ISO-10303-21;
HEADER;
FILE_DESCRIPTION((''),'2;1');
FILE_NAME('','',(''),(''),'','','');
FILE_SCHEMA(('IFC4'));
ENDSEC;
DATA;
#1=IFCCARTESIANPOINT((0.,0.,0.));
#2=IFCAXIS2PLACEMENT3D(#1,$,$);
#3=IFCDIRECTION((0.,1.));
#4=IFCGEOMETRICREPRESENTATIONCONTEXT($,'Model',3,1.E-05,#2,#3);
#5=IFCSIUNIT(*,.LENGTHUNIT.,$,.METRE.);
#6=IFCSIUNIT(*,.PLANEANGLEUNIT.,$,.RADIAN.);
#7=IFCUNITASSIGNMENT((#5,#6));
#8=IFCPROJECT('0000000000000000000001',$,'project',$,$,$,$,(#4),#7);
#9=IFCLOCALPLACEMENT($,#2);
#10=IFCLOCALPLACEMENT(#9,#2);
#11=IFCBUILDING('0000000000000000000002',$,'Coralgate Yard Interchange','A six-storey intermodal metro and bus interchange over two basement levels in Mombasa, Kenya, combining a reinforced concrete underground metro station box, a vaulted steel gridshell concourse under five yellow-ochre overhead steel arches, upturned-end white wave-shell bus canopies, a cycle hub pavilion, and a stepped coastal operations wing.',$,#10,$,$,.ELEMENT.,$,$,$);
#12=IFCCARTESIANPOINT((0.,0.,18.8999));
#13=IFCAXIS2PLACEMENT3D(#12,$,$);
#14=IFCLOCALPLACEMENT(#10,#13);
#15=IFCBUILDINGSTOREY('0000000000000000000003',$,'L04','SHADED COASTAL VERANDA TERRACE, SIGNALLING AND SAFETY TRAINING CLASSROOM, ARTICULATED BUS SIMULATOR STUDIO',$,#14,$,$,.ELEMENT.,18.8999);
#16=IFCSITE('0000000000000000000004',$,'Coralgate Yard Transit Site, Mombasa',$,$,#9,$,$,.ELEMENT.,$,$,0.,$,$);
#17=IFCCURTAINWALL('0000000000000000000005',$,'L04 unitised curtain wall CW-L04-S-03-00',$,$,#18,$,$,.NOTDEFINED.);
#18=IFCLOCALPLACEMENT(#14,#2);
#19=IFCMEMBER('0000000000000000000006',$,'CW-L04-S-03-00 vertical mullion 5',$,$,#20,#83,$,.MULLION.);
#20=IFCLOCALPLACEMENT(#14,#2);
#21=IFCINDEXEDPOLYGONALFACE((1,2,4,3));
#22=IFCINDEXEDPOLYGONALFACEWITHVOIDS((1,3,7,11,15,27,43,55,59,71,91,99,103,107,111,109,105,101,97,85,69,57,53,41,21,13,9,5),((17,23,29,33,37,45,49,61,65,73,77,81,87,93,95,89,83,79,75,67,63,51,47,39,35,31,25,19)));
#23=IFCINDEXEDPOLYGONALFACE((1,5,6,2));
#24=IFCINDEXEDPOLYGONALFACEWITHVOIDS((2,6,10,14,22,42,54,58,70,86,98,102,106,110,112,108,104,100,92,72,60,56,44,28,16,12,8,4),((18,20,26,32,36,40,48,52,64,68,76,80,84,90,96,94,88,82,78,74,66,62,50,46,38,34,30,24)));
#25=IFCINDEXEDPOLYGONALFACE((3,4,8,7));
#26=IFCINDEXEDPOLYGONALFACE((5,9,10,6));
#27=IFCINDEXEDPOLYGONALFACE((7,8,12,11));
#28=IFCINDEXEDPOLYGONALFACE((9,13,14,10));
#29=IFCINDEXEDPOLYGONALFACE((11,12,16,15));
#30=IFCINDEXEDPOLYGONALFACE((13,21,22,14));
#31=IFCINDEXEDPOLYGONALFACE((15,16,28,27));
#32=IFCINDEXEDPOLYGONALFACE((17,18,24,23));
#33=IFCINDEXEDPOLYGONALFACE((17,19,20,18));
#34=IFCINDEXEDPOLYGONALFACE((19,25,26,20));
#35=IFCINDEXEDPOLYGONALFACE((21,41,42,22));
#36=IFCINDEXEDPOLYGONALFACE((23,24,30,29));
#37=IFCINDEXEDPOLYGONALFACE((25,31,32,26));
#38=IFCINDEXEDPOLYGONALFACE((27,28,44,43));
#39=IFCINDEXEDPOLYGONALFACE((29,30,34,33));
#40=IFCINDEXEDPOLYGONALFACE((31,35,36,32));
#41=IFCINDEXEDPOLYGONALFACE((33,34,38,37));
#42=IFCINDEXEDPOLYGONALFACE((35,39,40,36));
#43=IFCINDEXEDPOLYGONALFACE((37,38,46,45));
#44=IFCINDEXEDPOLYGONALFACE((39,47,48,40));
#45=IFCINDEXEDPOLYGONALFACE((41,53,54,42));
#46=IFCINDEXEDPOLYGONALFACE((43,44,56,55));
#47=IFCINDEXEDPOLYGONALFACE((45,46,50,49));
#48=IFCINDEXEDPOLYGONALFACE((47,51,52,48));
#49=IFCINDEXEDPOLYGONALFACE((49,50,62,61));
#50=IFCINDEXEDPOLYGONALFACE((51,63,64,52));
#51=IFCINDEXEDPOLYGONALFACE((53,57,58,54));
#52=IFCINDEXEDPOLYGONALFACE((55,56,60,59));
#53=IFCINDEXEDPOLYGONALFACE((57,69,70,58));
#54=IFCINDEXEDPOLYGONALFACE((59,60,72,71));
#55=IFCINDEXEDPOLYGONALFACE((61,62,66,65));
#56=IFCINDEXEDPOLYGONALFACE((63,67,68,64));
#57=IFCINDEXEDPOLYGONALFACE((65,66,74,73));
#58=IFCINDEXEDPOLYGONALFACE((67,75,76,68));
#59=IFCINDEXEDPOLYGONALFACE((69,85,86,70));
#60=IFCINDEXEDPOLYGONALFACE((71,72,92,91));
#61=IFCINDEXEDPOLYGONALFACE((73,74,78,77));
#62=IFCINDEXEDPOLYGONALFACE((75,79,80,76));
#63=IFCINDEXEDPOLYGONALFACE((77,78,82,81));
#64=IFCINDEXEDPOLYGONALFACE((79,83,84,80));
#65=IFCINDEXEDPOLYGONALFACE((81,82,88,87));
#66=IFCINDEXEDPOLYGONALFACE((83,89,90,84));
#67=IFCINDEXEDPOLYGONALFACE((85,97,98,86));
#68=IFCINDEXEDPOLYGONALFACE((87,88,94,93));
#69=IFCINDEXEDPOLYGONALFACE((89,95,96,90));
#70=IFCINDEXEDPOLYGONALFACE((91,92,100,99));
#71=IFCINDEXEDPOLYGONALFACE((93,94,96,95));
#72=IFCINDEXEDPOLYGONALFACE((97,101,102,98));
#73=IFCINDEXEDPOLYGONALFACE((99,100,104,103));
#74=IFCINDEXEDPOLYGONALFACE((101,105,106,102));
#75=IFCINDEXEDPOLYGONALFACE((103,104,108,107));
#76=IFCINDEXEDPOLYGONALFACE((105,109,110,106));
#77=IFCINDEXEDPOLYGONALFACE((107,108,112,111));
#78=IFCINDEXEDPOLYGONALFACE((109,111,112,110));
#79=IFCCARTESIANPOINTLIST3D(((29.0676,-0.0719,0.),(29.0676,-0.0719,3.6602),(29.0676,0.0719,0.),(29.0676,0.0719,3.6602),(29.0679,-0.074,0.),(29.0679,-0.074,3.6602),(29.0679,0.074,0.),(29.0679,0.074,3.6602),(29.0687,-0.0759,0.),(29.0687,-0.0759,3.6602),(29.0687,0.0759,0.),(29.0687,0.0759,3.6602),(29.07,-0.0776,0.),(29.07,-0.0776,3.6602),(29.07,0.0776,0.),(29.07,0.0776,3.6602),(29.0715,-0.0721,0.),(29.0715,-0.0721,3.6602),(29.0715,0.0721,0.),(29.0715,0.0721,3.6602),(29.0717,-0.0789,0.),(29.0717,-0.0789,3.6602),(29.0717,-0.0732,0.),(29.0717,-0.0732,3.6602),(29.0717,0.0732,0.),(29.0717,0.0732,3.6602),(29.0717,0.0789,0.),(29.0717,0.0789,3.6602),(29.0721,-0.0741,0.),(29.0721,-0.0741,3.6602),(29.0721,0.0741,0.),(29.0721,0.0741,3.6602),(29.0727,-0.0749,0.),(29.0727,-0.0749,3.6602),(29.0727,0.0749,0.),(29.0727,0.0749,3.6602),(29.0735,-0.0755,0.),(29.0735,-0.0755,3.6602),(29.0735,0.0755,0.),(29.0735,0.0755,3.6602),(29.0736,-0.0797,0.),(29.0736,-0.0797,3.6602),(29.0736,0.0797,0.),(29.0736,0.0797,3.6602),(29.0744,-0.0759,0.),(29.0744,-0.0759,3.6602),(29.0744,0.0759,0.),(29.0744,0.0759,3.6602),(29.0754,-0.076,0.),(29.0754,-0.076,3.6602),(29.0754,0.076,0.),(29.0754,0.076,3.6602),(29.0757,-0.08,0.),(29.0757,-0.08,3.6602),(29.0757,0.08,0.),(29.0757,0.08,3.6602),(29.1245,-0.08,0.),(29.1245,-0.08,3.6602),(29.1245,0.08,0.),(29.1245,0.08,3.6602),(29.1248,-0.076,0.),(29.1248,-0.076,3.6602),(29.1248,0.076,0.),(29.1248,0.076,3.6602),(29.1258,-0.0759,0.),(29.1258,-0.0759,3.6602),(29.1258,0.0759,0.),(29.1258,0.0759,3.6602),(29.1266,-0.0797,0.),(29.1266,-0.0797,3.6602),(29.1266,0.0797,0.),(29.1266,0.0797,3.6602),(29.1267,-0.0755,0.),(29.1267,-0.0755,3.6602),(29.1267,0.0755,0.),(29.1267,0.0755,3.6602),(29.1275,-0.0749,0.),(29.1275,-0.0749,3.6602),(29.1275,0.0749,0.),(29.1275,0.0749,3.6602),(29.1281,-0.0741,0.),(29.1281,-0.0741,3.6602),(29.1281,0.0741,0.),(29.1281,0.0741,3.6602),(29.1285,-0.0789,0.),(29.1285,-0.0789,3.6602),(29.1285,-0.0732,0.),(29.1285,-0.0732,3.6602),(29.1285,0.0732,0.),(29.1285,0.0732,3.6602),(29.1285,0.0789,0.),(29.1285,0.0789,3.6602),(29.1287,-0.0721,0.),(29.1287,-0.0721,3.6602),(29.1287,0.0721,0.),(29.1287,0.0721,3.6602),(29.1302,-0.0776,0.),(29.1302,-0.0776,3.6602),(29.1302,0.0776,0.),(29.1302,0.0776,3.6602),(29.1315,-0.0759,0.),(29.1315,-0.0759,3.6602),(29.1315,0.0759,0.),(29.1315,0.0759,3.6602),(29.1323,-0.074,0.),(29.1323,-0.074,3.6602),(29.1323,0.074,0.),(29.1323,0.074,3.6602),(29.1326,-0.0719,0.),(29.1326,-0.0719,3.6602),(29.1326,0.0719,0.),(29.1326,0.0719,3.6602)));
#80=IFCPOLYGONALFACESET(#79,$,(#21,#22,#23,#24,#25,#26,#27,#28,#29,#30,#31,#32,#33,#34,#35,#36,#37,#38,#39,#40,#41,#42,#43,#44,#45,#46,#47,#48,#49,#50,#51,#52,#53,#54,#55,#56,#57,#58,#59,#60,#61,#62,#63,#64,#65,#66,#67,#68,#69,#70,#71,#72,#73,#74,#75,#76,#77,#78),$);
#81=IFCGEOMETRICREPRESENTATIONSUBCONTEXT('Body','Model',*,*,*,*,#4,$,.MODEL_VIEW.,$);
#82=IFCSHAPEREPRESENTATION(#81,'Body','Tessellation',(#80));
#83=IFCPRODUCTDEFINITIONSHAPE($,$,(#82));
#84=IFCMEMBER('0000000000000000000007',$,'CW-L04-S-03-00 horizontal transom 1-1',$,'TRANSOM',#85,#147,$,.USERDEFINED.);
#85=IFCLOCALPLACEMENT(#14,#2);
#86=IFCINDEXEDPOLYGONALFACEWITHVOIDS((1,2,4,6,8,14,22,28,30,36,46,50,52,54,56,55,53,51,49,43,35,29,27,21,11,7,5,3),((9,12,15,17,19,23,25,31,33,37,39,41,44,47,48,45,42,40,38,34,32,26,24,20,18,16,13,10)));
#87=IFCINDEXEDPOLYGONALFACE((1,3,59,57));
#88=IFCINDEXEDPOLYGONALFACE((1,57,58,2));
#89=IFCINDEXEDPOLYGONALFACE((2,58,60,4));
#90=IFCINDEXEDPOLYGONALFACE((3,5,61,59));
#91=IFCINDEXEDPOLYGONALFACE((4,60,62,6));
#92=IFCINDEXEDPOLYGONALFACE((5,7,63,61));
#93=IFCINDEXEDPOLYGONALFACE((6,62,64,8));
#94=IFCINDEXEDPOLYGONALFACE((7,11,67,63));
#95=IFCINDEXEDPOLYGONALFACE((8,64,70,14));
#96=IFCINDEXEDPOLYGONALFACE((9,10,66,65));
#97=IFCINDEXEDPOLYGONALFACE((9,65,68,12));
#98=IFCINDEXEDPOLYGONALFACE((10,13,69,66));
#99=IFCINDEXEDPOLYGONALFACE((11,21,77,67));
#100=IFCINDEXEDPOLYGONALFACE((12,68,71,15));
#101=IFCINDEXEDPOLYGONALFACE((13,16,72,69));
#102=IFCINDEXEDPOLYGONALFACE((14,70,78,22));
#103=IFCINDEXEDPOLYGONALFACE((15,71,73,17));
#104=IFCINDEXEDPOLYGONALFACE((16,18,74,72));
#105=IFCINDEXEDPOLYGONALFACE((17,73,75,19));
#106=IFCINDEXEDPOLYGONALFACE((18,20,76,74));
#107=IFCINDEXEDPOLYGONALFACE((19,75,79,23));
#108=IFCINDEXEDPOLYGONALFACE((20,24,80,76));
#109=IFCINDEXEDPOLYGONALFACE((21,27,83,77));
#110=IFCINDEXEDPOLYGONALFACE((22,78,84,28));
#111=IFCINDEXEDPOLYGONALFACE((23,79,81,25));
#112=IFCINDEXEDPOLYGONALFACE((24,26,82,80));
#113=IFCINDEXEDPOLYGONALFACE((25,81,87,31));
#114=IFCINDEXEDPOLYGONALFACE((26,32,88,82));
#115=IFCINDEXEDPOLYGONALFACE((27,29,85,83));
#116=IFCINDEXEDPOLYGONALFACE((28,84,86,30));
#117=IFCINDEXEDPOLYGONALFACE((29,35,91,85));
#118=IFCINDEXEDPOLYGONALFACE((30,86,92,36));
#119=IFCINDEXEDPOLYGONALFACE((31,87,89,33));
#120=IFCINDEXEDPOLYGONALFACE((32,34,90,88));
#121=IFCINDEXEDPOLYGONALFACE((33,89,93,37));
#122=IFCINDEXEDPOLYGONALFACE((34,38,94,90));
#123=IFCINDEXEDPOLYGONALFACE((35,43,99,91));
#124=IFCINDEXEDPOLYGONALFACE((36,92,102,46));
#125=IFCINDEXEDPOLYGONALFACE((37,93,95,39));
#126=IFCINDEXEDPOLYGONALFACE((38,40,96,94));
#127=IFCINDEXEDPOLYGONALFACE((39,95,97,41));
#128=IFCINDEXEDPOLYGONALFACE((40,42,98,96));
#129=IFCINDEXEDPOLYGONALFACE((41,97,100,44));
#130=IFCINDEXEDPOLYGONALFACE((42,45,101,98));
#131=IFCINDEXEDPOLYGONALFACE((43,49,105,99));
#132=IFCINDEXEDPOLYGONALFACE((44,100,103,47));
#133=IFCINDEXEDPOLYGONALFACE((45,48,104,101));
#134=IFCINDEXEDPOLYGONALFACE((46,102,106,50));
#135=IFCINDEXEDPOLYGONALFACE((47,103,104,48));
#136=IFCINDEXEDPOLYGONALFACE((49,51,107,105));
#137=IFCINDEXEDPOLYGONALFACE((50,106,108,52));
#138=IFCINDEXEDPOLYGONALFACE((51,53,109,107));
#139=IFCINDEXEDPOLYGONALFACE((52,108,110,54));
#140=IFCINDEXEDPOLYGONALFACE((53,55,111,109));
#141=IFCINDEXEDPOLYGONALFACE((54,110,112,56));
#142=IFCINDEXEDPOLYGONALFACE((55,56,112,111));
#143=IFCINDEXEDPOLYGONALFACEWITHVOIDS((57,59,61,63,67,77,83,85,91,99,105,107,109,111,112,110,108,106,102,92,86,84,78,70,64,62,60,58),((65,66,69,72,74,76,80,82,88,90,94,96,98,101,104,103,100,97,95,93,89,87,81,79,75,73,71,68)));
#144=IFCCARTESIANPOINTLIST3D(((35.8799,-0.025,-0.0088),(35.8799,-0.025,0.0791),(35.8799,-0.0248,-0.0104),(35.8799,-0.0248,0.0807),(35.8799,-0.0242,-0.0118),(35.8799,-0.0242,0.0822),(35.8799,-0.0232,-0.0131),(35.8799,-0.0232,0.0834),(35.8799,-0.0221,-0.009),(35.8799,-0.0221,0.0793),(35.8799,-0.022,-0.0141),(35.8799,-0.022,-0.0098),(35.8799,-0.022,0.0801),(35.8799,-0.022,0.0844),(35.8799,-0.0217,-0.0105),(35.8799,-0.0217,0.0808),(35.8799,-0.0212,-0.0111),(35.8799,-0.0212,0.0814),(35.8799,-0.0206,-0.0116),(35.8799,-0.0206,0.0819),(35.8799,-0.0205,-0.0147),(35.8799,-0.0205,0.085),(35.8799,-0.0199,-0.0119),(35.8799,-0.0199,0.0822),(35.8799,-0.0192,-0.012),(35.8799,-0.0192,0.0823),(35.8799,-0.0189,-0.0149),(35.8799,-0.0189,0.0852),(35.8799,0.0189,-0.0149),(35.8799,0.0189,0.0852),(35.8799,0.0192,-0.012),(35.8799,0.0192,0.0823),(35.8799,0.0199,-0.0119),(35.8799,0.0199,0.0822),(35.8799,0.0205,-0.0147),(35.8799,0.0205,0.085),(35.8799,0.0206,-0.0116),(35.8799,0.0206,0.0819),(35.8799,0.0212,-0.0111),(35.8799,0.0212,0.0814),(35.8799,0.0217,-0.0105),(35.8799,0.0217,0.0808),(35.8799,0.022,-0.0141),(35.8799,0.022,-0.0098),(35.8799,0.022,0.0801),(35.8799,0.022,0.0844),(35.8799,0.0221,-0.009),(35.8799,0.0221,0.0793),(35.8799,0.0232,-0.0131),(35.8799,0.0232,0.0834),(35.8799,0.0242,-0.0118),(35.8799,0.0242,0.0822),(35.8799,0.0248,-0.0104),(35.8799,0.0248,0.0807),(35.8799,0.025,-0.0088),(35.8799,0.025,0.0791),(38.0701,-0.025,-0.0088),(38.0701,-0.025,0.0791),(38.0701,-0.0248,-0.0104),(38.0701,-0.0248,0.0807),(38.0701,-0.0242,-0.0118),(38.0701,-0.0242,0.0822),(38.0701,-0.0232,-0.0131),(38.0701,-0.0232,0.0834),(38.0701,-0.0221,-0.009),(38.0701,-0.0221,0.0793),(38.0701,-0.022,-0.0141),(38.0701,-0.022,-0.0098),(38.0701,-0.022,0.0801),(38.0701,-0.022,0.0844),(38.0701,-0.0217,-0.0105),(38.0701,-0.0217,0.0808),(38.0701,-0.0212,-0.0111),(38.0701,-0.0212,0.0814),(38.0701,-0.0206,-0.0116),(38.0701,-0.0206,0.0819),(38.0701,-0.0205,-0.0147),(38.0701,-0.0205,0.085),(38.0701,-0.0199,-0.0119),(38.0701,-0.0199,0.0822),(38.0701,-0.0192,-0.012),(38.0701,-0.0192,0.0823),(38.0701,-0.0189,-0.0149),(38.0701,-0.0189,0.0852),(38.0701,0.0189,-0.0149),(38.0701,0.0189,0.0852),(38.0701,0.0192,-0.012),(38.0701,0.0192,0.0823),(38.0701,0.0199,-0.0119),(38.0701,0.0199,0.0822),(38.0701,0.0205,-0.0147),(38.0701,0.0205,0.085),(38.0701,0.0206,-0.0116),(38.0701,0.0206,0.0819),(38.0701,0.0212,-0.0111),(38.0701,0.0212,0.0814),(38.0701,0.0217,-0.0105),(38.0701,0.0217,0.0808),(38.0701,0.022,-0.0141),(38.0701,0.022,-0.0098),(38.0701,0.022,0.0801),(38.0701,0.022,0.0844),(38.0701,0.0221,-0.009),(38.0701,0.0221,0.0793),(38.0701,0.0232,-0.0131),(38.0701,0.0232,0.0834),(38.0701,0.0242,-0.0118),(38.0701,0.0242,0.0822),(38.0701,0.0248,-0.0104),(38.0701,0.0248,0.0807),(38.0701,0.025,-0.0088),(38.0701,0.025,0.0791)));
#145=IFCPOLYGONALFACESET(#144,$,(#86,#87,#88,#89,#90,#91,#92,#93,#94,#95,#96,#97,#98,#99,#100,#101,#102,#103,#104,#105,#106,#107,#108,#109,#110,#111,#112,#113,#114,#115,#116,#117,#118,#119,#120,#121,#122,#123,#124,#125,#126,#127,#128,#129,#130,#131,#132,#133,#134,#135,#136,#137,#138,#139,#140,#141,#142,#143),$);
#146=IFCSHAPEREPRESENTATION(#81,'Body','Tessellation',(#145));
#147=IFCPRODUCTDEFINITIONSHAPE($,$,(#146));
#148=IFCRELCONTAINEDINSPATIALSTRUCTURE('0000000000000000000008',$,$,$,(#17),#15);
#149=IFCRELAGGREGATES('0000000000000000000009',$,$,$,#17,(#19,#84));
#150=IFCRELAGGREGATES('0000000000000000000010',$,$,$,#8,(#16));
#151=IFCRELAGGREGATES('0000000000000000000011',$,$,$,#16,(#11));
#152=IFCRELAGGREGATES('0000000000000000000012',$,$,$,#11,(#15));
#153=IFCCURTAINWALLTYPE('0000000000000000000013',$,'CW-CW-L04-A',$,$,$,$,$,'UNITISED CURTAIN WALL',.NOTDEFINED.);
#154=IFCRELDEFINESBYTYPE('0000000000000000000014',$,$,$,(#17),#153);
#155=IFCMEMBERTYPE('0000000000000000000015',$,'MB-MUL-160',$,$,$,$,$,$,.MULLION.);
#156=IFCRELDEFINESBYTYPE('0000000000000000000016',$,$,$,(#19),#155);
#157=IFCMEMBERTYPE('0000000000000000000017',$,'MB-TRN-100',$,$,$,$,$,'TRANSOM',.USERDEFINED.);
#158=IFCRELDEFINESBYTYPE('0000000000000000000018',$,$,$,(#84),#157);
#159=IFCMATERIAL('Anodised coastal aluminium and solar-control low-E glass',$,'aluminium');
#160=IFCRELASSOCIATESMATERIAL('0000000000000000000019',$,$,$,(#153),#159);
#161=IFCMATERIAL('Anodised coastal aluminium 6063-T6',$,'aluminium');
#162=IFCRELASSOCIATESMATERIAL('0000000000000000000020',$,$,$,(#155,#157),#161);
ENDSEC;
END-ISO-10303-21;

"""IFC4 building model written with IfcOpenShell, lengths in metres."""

from ifc_helpers import new_model, si_unit, direction, frame, origin, origin_2d, place, context, subcontext, project, spatial, hollow_rectangle, extrude, material, material_profile, profile_set, type_object, element, aggregate, save


model = new_model("IFC4")

# Units and contexts
model_context = context("Model", 3, precision=1e-05, world=origin(), true_north=direction((0.0, 1.0)))
body_context = subcontext(model_context, "Body", "Model", "MODEL_VIEW")
ifc_project = project(units=[si_unit("LENGTHUNIT", "METRE"), si_unit("PLANEANGLEUNIT", "RADIAN")], contexts=[model_context])

# Site, building, storey
site_placement = place(None, origin())
site = spatial("IfcSite", under=ifc_project, at=site_placement, Name="Coralgate Yard Transit Site, Mombasa", CompositionType="ELEMENT", RefElevation=0.0)
building_placement = place(site_placement, origin())
building = spatial("IfcBuilding", under=site, at=building_placement, Name="Coralgate Yard Interchange", Description="A six-storey intermodal metro and bus interchange over two basement levels in Mombasa, Kenya, combining a reinforced concrete underground metro station box, a vaulted steel gridshell concourse under five yellow-ochre overhead steel arches, upturned-end white wave-shell bus canopies, a cycle hub pavilion, and a stepped coastal operations wing.", CompositionType="ELEMENT")
storey_placement = place(building_placement, frame((0.0, 0.0, 18.8999)))
storey = spatial("IfcBuildingStorey", under=building, at=storey_placement, Name="L04", Description="SHADED COASTAL VERANDA TERRACE, SIGNALLING AND SAFETY TRAINING CLASSROOM, ARTICULATED BUS SIMULATOR STUDIO", CompositionType="ELEMENT", Elevation=18.8999)

# Curtain wall, members
ifc_material_1 = material(Name="Anodised coastal aluminium and solar-control low-E glass", Category="aluminium")
curtain_wall_type = type_object("IfcCurtainWallType", Name="CW-CW-L04-A", ElementType="UNITISED CURTAIN WALL", PredefinedType="NOTDEFINED", material=ifc_material_1)
curtain_wall_placement = place(storey_placement, origin())
curtain_wall = element("IfcCurtainWall", 1, at=curtain_wall_placement, inside=storey, type_object=curtain_wall_type, Name="L04 unitised curtain wall CW-L04-S-03-00", PredefinedType="NOTDEFINED")
ifc_material_2 = material(Name="Anodised coastal aluminium 6063-T6", Category="aluminium")
ifc_material_profile_1 = material_profile(ifc_material_2, hollow_rectangle(XDim=0.0649, YDim=0.1599, WallThickness=0.0039, InnerFilletRadius=0.0039, OuterFilletRadius=0.0081, at=origin_2d()), Name="ALU 65x160x4")
ifc_profile_set_1 = profile_set([ifc_material_profile_1], Name="Anodised coastal aluminium 6063-T6")
member_type_1 = type_object("IfcMemberType", Name="MB-MUL-160", PredefinedType="MULLION", material=ifc_profile_set_1)
member_1_placement = place(storey_placement, frame((29.1001, 0.0, 0.0), z_axis=(0.0, 0.0, 1.0), x_axis=(1.0, 0.0, 0.0)))
member_1 = element("IfcMember", 2, at=member_1_placement, type_object=member_type_1, Name="CW-L04-S-03-00 vertical mullion 5", PredefinedType="MULLION", context=body_context, shape_type="SweptSolid", body=[
    extrude(hollow_rectangle(XDim=0.0649, YDim=0.1599, WallThickness=0.0039, InnerFilletRadius=0.0039, OuterFilletRadius=0.0081, at=origin_2d()), origin(), (0.0, 0.0, 1.0), 3.6602),
])
ifc_material_profile_2 = material_profile(ifc_material_2, hollow_rectangle(XDim=0.05, YDim=0.1001, WallThickness=0.0029, InnerFilletRadius=0.0029, OuterFilletRadius=0.0061, at=origin_2d()), Name="ALU 50x100x3")
ifc_profile_set_2 = profile_set([ifc_material_profile_2], Name="Anodised coastal aluminium 6063-T6")
member_type_2 = type_object("IfcMemberType", Name="MB-TRN-100", ElementType="TRANSOM", PredefinedType="USERDEFINED", material=ifc_profile_set_2)
member_2_placement = place(storey_placement, frame((38.0701, 0.0, 0.0352), z_axis=(-1.0, 0.0, 0.0), x_axis=(0.0, -1.0, 0.0)))
member_2 = element("IfcMember", 3, at=member_2_placement, type_object=member_type_2, Name="CW-L04-S-03-00 horizontal transom 1-1", ObjectType="TRANSOM", PredefinedType="USERDEFINED", context=body_context, shape_type="SweptSolid", body=[
    extrude(hollow_rectangle(XDim=0.05, YDim=0.1001, WallThickness=0.0029, InnerFilletRadius=0.0029, OuterFilletRadius=0.0061, at=origin_2d()), origin(), (0.0, 0.0, 1.0), 2.1902),
])
aggregate(curtain_wall, [member_1, member_2])

save(model, "model.ifc")
